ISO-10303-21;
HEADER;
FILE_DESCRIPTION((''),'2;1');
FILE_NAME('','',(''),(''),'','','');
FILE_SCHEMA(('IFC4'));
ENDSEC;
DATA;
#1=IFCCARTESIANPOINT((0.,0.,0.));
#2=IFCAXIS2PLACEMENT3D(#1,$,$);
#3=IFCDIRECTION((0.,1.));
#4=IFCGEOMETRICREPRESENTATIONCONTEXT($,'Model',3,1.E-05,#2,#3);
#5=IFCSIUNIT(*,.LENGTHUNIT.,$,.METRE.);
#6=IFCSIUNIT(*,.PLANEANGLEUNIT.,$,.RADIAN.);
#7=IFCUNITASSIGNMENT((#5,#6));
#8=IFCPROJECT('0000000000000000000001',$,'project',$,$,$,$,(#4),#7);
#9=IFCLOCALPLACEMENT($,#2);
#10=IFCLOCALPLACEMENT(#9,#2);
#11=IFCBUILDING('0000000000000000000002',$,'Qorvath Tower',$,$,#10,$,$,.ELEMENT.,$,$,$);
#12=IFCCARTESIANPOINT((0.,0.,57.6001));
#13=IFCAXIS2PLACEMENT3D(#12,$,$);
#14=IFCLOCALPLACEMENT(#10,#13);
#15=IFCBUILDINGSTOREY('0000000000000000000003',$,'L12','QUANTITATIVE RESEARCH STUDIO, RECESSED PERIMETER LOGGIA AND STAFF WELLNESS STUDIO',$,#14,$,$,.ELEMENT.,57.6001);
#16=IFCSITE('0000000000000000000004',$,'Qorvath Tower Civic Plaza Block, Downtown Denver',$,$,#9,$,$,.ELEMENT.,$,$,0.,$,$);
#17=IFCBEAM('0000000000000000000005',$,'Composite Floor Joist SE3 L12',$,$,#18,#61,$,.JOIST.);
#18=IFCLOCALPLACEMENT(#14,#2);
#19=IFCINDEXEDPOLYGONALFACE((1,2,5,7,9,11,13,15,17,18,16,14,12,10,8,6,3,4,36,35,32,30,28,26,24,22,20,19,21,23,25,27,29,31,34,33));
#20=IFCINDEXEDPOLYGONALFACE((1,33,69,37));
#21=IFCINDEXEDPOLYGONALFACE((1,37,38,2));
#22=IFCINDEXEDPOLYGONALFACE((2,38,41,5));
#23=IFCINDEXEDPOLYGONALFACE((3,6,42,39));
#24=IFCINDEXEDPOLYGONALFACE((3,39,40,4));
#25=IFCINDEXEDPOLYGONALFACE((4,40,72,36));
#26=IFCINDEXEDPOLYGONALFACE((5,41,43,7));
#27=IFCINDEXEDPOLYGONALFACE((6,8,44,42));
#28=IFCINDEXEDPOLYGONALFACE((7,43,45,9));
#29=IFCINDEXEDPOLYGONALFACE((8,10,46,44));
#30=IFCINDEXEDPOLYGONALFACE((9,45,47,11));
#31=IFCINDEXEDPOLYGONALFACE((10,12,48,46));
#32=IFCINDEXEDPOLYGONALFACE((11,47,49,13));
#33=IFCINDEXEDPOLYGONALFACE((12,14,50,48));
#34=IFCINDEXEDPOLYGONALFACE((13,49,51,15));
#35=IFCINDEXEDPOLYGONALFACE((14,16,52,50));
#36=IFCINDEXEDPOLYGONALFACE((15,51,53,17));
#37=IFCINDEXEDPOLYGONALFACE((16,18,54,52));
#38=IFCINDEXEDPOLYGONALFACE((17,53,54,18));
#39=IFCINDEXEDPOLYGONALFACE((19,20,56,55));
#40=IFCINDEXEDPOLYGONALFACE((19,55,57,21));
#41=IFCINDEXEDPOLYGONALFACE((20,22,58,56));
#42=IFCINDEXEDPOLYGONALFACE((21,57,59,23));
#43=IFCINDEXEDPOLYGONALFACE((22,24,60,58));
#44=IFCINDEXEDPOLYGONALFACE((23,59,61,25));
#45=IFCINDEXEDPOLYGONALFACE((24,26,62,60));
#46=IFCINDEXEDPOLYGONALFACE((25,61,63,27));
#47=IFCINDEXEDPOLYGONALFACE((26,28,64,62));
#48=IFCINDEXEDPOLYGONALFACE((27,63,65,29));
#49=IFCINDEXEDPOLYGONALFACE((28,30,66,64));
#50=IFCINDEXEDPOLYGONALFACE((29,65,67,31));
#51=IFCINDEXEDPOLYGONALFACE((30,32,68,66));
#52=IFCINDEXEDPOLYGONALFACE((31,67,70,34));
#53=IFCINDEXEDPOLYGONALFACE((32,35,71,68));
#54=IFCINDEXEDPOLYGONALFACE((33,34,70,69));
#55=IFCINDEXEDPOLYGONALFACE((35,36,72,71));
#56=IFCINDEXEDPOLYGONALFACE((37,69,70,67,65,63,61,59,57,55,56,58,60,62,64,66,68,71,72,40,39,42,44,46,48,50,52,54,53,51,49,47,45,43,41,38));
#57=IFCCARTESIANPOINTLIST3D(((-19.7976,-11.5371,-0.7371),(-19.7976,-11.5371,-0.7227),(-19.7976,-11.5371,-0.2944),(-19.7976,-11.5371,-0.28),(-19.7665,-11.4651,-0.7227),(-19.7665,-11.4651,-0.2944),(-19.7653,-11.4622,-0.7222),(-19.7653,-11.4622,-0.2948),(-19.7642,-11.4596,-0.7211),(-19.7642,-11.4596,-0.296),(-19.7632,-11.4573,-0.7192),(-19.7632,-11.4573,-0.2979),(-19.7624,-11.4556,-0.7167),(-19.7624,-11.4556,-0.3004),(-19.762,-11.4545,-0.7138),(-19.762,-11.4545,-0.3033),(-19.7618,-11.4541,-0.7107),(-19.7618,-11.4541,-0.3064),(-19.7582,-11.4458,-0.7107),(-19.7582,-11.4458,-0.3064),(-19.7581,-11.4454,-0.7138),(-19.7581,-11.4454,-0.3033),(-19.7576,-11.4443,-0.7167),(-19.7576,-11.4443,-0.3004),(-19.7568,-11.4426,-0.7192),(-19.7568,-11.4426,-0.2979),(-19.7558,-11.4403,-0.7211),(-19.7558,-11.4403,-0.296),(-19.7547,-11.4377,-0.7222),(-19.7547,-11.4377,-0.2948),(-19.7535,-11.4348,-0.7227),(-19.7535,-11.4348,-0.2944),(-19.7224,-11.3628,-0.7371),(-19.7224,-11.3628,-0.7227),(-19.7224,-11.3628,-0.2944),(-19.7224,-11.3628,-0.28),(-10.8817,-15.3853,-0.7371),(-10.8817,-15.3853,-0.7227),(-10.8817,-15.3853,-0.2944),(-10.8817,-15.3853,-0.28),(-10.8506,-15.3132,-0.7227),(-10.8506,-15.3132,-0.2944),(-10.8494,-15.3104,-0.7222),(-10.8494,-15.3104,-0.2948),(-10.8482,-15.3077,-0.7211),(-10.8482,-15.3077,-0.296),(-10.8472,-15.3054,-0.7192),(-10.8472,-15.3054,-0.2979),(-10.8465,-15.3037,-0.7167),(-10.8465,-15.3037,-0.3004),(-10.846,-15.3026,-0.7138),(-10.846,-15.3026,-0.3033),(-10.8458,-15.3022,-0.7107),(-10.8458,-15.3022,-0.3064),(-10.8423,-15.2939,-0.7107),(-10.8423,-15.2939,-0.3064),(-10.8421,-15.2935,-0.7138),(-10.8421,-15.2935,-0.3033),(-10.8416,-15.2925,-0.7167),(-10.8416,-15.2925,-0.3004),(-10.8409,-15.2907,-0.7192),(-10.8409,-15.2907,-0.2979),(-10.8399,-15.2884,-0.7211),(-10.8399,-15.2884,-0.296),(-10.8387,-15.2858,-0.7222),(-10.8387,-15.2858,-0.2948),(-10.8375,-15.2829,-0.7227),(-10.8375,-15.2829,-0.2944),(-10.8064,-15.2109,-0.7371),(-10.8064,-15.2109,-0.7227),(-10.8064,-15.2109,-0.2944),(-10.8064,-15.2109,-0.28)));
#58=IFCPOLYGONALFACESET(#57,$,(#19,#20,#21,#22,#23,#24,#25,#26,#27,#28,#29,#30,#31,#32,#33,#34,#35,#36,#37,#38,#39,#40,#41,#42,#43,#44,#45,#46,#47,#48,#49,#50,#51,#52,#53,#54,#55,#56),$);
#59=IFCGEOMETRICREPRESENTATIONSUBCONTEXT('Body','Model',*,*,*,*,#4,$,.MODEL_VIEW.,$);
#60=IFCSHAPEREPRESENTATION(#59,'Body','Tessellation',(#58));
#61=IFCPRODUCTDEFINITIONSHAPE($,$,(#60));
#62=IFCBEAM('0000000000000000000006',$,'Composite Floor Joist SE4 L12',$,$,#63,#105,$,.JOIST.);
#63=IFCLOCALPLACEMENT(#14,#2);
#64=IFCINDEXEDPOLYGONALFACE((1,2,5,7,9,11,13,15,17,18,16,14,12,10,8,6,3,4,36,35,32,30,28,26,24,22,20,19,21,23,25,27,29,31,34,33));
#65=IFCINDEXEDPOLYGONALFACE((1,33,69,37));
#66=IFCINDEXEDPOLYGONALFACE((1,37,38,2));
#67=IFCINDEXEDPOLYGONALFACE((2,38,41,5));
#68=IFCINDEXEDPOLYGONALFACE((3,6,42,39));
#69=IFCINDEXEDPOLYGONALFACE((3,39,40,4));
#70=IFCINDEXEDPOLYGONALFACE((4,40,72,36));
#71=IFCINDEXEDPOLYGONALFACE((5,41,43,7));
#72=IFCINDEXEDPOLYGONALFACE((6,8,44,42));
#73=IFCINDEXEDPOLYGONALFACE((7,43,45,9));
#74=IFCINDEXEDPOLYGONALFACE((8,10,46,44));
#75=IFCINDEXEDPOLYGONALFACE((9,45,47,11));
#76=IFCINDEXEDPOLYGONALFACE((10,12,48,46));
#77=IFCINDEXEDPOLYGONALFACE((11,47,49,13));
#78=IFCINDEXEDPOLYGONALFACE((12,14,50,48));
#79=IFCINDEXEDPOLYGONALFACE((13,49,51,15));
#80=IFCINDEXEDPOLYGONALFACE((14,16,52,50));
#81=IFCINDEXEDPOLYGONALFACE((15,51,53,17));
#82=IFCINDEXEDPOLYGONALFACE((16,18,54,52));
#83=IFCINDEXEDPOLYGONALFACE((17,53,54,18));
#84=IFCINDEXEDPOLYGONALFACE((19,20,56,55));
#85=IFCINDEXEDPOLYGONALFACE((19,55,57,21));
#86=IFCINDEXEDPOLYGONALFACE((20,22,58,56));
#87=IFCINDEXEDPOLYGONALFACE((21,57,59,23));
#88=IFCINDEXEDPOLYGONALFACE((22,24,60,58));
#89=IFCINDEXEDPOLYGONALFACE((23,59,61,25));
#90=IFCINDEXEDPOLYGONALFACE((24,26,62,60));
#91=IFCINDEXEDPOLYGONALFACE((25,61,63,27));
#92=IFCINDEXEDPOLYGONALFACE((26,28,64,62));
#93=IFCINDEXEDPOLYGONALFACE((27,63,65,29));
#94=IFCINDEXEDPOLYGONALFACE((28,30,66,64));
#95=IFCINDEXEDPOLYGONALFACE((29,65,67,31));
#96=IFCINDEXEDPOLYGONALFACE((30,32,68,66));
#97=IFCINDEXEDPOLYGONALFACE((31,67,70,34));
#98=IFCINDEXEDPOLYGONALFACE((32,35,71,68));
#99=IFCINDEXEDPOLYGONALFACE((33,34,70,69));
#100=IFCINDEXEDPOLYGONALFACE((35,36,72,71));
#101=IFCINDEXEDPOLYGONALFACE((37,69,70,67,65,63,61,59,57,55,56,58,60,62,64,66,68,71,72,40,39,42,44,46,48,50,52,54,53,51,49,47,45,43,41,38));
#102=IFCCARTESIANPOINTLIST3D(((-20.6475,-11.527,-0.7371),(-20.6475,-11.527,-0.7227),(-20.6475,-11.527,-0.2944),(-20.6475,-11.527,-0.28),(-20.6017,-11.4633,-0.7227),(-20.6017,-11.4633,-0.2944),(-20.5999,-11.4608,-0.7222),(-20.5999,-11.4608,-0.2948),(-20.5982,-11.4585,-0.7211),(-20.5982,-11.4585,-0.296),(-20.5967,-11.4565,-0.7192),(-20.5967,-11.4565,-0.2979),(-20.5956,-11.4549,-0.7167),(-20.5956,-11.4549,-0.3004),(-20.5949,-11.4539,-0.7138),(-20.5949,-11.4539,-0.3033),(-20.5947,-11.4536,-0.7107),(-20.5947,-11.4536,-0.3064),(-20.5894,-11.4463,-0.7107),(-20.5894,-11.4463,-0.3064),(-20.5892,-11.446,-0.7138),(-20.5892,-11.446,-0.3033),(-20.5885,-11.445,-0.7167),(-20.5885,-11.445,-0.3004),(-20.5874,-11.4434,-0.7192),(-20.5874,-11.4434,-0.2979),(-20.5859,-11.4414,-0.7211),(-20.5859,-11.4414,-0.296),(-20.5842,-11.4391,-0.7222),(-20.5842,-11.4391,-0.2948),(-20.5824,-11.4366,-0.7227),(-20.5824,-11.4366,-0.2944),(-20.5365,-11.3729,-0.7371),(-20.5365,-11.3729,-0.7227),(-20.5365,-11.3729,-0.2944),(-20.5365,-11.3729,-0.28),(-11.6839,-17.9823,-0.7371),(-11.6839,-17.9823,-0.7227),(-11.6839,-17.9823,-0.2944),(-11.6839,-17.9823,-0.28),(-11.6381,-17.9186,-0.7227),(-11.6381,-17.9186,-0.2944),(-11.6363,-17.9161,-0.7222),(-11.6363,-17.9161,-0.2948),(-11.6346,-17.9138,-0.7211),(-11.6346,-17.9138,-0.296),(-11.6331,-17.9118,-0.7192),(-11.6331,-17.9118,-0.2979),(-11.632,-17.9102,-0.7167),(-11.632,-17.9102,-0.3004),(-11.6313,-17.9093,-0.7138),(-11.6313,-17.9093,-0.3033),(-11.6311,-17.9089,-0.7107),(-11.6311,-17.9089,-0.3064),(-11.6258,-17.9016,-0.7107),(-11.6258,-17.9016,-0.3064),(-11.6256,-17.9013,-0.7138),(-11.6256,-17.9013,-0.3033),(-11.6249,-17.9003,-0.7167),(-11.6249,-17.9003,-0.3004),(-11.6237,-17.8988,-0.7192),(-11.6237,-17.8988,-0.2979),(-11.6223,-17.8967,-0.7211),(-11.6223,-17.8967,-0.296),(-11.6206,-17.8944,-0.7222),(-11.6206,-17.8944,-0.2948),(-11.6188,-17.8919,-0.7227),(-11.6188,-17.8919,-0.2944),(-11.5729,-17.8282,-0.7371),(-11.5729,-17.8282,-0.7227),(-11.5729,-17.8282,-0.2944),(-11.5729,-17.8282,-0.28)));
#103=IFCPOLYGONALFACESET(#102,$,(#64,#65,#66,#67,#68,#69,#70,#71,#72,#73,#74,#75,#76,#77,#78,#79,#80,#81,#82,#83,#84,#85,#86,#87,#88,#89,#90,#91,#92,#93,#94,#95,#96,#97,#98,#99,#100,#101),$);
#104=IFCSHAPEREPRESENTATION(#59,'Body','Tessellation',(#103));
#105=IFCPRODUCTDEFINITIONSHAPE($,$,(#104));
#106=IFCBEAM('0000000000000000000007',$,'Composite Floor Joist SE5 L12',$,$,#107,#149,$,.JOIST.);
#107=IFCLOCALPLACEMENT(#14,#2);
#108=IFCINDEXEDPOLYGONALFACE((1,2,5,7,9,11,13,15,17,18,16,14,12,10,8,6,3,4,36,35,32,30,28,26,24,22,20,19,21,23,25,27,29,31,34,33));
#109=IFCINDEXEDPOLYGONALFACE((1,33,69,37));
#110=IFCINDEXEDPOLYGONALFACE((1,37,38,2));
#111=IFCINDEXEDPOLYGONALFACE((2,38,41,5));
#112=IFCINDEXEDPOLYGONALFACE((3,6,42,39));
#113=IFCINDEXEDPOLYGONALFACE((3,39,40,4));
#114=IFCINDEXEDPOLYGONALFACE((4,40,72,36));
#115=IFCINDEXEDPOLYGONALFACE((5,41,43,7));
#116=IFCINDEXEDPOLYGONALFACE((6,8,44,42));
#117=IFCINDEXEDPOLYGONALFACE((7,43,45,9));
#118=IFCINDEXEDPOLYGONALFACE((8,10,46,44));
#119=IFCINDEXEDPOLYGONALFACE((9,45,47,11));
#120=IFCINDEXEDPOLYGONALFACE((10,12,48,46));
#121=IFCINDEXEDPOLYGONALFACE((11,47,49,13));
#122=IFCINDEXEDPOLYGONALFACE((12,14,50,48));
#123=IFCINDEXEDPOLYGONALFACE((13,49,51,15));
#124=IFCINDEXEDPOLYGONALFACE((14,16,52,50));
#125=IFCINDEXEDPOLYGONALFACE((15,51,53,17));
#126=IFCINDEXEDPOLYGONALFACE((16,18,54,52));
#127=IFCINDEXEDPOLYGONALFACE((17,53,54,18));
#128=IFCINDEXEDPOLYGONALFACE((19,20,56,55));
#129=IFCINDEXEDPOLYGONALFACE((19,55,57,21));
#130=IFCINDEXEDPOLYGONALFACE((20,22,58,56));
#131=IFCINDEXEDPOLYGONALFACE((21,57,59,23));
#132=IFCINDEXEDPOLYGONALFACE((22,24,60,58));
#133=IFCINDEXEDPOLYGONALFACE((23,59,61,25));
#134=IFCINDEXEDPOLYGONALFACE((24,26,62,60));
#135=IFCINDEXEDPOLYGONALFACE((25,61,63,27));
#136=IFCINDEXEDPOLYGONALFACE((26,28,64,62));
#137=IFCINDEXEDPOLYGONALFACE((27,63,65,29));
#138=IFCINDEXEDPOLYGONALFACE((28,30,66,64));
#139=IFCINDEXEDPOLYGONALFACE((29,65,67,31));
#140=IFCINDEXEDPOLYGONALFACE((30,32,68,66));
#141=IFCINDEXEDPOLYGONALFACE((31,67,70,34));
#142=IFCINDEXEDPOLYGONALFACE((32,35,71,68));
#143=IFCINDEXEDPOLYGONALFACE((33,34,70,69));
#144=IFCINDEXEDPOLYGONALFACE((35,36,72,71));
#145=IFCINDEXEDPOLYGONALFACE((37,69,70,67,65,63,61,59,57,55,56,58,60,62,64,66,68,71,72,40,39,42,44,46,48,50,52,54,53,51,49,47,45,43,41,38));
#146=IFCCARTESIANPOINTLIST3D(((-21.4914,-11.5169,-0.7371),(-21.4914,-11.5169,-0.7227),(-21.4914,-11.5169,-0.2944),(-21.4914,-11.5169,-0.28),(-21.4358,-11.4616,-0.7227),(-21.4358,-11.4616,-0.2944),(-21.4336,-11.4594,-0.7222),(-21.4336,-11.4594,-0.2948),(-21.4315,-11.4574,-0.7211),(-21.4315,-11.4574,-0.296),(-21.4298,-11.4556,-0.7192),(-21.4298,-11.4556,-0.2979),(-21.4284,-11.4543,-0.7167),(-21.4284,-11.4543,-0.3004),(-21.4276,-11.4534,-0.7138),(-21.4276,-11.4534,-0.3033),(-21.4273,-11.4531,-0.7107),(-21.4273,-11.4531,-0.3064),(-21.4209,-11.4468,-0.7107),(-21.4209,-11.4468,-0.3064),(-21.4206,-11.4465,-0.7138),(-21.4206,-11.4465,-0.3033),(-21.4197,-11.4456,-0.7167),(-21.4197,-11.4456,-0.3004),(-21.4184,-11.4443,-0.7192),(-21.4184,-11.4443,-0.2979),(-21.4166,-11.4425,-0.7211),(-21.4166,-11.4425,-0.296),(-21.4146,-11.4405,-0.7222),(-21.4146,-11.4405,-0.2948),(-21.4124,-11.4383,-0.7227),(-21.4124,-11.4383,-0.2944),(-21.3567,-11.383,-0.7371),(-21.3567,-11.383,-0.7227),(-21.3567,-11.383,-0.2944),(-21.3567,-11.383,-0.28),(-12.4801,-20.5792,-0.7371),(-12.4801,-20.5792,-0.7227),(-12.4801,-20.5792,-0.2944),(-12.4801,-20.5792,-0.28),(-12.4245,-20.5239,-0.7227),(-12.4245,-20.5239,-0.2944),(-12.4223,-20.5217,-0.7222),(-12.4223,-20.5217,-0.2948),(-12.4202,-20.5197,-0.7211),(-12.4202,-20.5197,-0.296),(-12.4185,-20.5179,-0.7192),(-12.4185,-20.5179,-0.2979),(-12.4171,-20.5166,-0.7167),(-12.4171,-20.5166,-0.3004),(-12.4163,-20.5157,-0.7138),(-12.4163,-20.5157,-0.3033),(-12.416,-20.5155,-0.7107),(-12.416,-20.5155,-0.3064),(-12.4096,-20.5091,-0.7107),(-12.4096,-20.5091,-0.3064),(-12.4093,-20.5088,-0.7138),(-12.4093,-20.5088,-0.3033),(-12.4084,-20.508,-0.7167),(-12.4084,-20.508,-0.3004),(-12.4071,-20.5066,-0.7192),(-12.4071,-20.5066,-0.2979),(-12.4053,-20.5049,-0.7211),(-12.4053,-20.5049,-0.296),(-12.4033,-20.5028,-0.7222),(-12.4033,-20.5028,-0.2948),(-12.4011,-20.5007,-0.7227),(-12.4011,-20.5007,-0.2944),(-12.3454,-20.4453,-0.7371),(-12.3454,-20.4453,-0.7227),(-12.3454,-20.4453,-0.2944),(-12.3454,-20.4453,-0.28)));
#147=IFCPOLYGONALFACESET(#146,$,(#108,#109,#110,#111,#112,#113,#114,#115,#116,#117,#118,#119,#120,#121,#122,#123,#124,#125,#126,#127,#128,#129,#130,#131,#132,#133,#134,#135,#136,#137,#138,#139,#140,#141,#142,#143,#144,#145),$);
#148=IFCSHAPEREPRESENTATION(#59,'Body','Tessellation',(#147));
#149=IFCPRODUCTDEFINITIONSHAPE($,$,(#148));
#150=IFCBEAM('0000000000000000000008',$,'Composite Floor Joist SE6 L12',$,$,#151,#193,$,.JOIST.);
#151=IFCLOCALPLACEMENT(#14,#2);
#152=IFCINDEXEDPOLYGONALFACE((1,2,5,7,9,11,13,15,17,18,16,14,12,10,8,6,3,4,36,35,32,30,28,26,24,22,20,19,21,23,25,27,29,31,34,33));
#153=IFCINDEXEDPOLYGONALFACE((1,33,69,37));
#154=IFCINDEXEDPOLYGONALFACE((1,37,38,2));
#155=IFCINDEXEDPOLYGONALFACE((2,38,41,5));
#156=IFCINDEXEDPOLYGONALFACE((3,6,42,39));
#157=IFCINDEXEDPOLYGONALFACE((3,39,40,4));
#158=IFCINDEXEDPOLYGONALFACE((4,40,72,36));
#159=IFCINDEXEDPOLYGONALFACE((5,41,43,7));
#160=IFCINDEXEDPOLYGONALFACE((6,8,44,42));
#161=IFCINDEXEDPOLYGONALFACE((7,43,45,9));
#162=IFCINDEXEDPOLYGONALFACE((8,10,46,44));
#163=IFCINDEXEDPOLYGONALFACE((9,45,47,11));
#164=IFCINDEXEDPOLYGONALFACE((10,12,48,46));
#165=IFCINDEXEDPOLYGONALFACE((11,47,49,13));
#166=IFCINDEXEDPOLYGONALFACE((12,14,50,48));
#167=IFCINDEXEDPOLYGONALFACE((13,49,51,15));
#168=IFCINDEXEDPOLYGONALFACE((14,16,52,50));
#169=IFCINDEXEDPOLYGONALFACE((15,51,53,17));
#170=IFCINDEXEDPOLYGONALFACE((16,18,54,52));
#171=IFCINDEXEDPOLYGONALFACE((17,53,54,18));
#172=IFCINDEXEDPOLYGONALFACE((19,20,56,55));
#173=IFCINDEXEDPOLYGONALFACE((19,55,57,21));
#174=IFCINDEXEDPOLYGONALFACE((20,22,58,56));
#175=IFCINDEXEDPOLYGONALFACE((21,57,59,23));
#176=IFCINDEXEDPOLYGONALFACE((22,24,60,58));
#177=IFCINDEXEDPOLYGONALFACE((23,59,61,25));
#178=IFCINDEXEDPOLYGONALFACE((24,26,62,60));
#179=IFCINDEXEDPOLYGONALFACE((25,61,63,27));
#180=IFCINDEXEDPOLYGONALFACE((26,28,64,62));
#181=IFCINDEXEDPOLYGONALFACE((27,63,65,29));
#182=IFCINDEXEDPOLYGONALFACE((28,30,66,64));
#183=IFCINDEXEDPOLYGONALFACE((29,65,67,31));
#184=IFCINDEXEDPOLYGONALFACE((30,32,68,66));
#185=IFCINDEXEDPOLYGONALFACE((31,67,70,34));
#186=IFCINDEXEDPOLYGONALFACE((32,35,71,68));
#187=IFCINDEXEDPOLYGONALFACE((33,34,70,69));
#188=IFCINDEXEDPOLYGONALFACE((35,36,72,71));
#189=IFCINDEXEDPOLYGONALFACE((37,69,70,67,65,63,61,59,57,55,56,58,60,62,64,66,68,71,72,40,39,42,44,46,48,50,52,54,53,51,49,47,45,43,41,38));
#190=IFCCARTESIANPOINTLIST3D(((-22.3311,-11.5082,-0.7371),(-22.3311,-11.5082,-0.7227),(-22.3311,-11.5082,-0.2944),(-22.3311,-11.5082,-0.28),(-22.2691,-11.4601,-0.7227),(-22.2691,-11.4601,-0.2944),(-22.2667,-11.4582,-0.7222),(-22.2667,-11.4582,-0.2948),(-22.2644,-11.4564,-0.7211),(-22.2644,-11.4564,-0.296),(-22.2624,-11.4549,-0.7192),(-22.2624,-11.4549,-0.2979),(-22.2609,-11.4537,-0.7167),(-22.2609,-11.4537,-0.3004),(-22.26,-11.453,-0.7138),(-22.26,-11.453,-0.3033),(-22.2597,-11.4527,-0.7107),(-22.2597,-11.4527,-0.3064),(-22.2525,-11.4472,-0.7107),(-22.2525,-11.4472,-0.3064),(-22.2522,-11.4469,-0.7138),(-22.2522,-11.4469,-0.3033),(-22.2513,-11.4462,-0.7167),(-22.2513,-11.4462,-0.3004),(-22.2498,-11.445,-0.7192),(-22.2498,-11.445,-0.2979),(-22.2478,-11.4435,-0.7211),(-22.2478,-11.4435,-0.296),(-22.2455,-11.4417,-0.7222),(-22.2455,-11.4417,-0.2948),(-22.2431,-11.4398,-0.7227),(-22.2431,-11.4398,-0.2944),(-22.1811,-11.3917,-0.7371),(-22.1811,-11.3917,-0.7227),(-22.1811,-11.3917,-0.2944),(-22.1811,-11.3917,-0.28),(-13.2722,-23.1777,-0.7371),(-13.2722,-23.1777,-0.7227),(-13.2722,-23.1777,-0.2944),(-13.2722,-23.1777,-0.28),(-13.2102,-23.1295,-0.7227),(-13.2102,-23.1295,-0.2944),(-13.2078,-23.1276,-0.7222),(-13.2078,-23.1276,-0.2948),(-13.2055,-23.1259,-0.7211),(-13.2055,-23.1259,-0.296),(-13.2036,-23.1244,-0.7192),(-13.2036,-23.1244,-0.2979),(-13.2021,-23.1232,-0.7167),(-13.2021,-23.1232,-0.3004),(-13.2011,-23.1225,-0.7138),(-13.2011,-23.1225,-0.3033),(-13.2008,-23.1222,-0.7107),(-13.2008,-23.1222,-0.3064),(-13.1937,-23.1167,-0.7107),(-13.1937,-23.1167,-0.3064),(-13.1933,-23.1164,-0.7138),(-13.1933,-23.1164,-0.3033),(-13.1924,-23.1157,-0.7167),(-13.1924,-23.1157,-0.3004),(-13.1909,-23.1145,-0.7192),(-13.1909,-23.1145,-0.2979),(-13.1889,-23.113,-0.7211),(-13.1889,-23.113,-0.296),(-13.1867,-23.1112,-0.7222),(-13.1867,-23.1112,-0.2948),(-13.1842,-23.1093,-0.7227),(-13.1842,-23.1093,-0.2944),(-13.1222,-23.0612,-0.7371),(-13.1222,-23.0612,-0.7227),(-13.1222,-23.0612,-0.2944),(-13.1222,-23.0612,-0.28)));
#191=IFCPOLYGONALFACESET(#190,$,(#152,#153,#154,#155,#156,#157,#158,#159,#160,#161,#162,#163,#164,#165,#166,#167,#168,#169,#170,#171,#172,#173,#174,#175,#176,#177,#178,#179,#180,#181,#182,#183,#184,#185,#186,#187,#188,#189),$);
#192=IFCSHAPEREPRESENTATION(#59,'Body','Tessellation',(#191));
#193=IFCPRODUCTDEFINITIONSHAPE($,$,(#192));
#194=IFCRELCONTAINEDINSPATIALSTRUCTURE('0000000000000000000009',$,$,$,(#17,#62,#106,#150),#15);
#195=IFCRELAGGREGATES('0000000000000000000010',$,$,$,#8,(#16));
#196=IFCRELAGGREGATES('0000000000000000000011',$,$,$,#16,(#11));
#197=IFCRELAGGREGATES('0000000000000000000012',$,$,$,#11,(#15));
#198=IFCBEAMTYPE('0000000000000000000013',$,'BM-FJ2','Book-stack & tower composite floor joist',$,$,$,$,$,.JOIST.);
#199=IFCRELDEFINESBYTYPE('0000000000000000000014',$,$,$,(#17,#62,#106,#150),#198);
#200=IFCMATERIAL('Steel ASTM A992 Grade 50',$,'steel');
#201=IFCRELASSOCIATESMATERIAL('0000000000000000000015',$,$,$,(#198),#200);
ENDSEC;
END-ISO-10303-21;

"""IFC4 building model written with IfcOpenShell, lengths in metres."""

from ifc_helpers import new_model, si_unit, direction, frame, origin, origin_2d, place, context, subcontext, project, spatial, i_section, extrude, material, material_profile, profile_set, type_object, element, save


model = new_model("IFC4")

# Units and contexts
model_context = context("Model", 3, precision=1e-05, world=origin(), true_north=direction((0.0, 1.0)))
body_context = subcontext(model_context, "Body", "Model", "MODEL_VIEW")
ifc_project = project(units=[si_unit("LENGTHUNIT", "METRE"), si_unit("PLANEANGLEUNIT", "RADIAN")], contexts=[model_context])

# Site, building, storey
site_placement = place(None, origin())
site = spatial("IfcSite", under=ifc_project, at=site_placement, Name="Qorvath Tower Civic Plaza Block, Downtown Denver", CompositionType="ELEMENT", RefElevation=0.0)
building_placement = place(site_placement, origin())
building = spatial("IfcBuilding", under=site, at=building_placement, Name="Qorvath Tower", CompositionType="ELEMENT")
storey_placement = place(building_placement, frame((0.0, 0.0, 57.6001)))
storey = spatial("IfcBuildingStorey", under=building, at=storey_placement, Name="L12", Description="QUANTITATIVE RESEARCH STUDIO, RECESSED PERIMETER LOGGIA AND STAFF WELLNESS STUDIO", CompositionType="ELEMENT", Elevation=57.6001)

# Beams
ifc_material_1 = material(Name="Steel ASTM A992 Grade 50", Category="steel")
ifc_material_profile_1 = material_profile(ifc_material_1, i_section(OverallWidth=0.1899, OverallDepth=0.457, WebThickness=0.009, FlangeThickness=0.0144, FilletRadius=0.012, at=origin_2d()), Name="W18x50")
ifc_profile_set_1 = profile_set([ifc_material_profile_1], Name="Steel ASTM A992 Grade 50")
beam_type_1 = type_object("IfcBeamType", Name="BM-FJ2", Description="Book-stack & tower composite floor joist", PredefinedType="JOIST", material=ifc_profile_set_1)
beam_1_placement = place(storey_placement, frame((-19.76, -11.45, -0.5085), z_axis=(0.918136, -0.396266, 0.0), x_axis=(0.396266, 0.918136, 0.0)))
element("IfcBeam", 1, at=beam_1_placement, inside=storey, type_object=beam_type_1, Name="Composite Floor Joist SE3 L12", PredefinedType="JOIST", context=body_context, shape_type="SweptSolid", body=[
    extrude(i_section(OverallWidth=0.1899, OverallDepth=0.457, WebThickness=0.009, FlangeThickness=0.0144, FilletRadius=0.012, at=origin_2d()), origin(), (0.0, 0.0, 1.0), 9.7109),
])
beam_2_placement = place(storey_placement, frame((-20.592, -11.45, -0.5085), z_axis=(0.811469, -0.584395, 0.0), x_axis=(0.584395, 0.811469, 0.0)))
element("IfcBeam", 2, at=beam_2_placement, inside=storey, type_object=beam_type_1, Name="Composite Floor Joist SE4 L12", PredefinedType="JOIST", context=body_context, shape_type="SweptSolid", body=[
    extrude(i_section(OverallWidth=0.1899, OverallDepth=0.457, WebThickness=0.009, FlangeThickness=0.0144, FilletRadius=0.012, at=origin_2d()), origin(), (0.0, 0.0, 1.0), 11.0461),
])
beam_3_placement = place(storey_placement, frame((-21.4241, -11.45, -0.5085), z_axis=(0.705108, -0.7091, 0.0), x_axis=(0.7091, 0.705108, 0.0)))
element("IfcBeam", 3, at=beam_3_placement, inside=storey, type_object=beam_type_1, Name="Composite Floor Joist SE5 L12", PredefinedType="JOIST", context=body_context, shape_type="SweptSolid", body=[
    extrude(i_section(OverallWidth=0.1899, OverallDepth=0.457, WebThickness=0.009, FlangeThickness=0.0144, FilletRadius=0.012, at=origin_2d()), origin(), (0.0, 0.0, 1.0), 12.78),
])
beam_4_placement = place(storey_placement, frame((-22.2561, -11.45, -0.5085), z_axis=(0.613207, -0.789922, 0.0), x_axis=(0.789922, 0.613207, 0.0)))
element("IfcBeam", 4, at=beam_4_placement, inside=storey, type_object=beam_type_1, Name="Composite Floor Joist SE6 L12", PredefinedType="JOIST", context=body_context, shape_type="SweptSolid", body=[
    extrude(i_section(OverallWidth=0.1899, OverallDepth=0.457, WebThickness=0.009, FlangeThickness=0.0144, FilletRadius=0.012, at=origin_2d()), origin(), (0.0, 0.0, 1.0), 14.7729),
])

save(model, "model.ifc")
